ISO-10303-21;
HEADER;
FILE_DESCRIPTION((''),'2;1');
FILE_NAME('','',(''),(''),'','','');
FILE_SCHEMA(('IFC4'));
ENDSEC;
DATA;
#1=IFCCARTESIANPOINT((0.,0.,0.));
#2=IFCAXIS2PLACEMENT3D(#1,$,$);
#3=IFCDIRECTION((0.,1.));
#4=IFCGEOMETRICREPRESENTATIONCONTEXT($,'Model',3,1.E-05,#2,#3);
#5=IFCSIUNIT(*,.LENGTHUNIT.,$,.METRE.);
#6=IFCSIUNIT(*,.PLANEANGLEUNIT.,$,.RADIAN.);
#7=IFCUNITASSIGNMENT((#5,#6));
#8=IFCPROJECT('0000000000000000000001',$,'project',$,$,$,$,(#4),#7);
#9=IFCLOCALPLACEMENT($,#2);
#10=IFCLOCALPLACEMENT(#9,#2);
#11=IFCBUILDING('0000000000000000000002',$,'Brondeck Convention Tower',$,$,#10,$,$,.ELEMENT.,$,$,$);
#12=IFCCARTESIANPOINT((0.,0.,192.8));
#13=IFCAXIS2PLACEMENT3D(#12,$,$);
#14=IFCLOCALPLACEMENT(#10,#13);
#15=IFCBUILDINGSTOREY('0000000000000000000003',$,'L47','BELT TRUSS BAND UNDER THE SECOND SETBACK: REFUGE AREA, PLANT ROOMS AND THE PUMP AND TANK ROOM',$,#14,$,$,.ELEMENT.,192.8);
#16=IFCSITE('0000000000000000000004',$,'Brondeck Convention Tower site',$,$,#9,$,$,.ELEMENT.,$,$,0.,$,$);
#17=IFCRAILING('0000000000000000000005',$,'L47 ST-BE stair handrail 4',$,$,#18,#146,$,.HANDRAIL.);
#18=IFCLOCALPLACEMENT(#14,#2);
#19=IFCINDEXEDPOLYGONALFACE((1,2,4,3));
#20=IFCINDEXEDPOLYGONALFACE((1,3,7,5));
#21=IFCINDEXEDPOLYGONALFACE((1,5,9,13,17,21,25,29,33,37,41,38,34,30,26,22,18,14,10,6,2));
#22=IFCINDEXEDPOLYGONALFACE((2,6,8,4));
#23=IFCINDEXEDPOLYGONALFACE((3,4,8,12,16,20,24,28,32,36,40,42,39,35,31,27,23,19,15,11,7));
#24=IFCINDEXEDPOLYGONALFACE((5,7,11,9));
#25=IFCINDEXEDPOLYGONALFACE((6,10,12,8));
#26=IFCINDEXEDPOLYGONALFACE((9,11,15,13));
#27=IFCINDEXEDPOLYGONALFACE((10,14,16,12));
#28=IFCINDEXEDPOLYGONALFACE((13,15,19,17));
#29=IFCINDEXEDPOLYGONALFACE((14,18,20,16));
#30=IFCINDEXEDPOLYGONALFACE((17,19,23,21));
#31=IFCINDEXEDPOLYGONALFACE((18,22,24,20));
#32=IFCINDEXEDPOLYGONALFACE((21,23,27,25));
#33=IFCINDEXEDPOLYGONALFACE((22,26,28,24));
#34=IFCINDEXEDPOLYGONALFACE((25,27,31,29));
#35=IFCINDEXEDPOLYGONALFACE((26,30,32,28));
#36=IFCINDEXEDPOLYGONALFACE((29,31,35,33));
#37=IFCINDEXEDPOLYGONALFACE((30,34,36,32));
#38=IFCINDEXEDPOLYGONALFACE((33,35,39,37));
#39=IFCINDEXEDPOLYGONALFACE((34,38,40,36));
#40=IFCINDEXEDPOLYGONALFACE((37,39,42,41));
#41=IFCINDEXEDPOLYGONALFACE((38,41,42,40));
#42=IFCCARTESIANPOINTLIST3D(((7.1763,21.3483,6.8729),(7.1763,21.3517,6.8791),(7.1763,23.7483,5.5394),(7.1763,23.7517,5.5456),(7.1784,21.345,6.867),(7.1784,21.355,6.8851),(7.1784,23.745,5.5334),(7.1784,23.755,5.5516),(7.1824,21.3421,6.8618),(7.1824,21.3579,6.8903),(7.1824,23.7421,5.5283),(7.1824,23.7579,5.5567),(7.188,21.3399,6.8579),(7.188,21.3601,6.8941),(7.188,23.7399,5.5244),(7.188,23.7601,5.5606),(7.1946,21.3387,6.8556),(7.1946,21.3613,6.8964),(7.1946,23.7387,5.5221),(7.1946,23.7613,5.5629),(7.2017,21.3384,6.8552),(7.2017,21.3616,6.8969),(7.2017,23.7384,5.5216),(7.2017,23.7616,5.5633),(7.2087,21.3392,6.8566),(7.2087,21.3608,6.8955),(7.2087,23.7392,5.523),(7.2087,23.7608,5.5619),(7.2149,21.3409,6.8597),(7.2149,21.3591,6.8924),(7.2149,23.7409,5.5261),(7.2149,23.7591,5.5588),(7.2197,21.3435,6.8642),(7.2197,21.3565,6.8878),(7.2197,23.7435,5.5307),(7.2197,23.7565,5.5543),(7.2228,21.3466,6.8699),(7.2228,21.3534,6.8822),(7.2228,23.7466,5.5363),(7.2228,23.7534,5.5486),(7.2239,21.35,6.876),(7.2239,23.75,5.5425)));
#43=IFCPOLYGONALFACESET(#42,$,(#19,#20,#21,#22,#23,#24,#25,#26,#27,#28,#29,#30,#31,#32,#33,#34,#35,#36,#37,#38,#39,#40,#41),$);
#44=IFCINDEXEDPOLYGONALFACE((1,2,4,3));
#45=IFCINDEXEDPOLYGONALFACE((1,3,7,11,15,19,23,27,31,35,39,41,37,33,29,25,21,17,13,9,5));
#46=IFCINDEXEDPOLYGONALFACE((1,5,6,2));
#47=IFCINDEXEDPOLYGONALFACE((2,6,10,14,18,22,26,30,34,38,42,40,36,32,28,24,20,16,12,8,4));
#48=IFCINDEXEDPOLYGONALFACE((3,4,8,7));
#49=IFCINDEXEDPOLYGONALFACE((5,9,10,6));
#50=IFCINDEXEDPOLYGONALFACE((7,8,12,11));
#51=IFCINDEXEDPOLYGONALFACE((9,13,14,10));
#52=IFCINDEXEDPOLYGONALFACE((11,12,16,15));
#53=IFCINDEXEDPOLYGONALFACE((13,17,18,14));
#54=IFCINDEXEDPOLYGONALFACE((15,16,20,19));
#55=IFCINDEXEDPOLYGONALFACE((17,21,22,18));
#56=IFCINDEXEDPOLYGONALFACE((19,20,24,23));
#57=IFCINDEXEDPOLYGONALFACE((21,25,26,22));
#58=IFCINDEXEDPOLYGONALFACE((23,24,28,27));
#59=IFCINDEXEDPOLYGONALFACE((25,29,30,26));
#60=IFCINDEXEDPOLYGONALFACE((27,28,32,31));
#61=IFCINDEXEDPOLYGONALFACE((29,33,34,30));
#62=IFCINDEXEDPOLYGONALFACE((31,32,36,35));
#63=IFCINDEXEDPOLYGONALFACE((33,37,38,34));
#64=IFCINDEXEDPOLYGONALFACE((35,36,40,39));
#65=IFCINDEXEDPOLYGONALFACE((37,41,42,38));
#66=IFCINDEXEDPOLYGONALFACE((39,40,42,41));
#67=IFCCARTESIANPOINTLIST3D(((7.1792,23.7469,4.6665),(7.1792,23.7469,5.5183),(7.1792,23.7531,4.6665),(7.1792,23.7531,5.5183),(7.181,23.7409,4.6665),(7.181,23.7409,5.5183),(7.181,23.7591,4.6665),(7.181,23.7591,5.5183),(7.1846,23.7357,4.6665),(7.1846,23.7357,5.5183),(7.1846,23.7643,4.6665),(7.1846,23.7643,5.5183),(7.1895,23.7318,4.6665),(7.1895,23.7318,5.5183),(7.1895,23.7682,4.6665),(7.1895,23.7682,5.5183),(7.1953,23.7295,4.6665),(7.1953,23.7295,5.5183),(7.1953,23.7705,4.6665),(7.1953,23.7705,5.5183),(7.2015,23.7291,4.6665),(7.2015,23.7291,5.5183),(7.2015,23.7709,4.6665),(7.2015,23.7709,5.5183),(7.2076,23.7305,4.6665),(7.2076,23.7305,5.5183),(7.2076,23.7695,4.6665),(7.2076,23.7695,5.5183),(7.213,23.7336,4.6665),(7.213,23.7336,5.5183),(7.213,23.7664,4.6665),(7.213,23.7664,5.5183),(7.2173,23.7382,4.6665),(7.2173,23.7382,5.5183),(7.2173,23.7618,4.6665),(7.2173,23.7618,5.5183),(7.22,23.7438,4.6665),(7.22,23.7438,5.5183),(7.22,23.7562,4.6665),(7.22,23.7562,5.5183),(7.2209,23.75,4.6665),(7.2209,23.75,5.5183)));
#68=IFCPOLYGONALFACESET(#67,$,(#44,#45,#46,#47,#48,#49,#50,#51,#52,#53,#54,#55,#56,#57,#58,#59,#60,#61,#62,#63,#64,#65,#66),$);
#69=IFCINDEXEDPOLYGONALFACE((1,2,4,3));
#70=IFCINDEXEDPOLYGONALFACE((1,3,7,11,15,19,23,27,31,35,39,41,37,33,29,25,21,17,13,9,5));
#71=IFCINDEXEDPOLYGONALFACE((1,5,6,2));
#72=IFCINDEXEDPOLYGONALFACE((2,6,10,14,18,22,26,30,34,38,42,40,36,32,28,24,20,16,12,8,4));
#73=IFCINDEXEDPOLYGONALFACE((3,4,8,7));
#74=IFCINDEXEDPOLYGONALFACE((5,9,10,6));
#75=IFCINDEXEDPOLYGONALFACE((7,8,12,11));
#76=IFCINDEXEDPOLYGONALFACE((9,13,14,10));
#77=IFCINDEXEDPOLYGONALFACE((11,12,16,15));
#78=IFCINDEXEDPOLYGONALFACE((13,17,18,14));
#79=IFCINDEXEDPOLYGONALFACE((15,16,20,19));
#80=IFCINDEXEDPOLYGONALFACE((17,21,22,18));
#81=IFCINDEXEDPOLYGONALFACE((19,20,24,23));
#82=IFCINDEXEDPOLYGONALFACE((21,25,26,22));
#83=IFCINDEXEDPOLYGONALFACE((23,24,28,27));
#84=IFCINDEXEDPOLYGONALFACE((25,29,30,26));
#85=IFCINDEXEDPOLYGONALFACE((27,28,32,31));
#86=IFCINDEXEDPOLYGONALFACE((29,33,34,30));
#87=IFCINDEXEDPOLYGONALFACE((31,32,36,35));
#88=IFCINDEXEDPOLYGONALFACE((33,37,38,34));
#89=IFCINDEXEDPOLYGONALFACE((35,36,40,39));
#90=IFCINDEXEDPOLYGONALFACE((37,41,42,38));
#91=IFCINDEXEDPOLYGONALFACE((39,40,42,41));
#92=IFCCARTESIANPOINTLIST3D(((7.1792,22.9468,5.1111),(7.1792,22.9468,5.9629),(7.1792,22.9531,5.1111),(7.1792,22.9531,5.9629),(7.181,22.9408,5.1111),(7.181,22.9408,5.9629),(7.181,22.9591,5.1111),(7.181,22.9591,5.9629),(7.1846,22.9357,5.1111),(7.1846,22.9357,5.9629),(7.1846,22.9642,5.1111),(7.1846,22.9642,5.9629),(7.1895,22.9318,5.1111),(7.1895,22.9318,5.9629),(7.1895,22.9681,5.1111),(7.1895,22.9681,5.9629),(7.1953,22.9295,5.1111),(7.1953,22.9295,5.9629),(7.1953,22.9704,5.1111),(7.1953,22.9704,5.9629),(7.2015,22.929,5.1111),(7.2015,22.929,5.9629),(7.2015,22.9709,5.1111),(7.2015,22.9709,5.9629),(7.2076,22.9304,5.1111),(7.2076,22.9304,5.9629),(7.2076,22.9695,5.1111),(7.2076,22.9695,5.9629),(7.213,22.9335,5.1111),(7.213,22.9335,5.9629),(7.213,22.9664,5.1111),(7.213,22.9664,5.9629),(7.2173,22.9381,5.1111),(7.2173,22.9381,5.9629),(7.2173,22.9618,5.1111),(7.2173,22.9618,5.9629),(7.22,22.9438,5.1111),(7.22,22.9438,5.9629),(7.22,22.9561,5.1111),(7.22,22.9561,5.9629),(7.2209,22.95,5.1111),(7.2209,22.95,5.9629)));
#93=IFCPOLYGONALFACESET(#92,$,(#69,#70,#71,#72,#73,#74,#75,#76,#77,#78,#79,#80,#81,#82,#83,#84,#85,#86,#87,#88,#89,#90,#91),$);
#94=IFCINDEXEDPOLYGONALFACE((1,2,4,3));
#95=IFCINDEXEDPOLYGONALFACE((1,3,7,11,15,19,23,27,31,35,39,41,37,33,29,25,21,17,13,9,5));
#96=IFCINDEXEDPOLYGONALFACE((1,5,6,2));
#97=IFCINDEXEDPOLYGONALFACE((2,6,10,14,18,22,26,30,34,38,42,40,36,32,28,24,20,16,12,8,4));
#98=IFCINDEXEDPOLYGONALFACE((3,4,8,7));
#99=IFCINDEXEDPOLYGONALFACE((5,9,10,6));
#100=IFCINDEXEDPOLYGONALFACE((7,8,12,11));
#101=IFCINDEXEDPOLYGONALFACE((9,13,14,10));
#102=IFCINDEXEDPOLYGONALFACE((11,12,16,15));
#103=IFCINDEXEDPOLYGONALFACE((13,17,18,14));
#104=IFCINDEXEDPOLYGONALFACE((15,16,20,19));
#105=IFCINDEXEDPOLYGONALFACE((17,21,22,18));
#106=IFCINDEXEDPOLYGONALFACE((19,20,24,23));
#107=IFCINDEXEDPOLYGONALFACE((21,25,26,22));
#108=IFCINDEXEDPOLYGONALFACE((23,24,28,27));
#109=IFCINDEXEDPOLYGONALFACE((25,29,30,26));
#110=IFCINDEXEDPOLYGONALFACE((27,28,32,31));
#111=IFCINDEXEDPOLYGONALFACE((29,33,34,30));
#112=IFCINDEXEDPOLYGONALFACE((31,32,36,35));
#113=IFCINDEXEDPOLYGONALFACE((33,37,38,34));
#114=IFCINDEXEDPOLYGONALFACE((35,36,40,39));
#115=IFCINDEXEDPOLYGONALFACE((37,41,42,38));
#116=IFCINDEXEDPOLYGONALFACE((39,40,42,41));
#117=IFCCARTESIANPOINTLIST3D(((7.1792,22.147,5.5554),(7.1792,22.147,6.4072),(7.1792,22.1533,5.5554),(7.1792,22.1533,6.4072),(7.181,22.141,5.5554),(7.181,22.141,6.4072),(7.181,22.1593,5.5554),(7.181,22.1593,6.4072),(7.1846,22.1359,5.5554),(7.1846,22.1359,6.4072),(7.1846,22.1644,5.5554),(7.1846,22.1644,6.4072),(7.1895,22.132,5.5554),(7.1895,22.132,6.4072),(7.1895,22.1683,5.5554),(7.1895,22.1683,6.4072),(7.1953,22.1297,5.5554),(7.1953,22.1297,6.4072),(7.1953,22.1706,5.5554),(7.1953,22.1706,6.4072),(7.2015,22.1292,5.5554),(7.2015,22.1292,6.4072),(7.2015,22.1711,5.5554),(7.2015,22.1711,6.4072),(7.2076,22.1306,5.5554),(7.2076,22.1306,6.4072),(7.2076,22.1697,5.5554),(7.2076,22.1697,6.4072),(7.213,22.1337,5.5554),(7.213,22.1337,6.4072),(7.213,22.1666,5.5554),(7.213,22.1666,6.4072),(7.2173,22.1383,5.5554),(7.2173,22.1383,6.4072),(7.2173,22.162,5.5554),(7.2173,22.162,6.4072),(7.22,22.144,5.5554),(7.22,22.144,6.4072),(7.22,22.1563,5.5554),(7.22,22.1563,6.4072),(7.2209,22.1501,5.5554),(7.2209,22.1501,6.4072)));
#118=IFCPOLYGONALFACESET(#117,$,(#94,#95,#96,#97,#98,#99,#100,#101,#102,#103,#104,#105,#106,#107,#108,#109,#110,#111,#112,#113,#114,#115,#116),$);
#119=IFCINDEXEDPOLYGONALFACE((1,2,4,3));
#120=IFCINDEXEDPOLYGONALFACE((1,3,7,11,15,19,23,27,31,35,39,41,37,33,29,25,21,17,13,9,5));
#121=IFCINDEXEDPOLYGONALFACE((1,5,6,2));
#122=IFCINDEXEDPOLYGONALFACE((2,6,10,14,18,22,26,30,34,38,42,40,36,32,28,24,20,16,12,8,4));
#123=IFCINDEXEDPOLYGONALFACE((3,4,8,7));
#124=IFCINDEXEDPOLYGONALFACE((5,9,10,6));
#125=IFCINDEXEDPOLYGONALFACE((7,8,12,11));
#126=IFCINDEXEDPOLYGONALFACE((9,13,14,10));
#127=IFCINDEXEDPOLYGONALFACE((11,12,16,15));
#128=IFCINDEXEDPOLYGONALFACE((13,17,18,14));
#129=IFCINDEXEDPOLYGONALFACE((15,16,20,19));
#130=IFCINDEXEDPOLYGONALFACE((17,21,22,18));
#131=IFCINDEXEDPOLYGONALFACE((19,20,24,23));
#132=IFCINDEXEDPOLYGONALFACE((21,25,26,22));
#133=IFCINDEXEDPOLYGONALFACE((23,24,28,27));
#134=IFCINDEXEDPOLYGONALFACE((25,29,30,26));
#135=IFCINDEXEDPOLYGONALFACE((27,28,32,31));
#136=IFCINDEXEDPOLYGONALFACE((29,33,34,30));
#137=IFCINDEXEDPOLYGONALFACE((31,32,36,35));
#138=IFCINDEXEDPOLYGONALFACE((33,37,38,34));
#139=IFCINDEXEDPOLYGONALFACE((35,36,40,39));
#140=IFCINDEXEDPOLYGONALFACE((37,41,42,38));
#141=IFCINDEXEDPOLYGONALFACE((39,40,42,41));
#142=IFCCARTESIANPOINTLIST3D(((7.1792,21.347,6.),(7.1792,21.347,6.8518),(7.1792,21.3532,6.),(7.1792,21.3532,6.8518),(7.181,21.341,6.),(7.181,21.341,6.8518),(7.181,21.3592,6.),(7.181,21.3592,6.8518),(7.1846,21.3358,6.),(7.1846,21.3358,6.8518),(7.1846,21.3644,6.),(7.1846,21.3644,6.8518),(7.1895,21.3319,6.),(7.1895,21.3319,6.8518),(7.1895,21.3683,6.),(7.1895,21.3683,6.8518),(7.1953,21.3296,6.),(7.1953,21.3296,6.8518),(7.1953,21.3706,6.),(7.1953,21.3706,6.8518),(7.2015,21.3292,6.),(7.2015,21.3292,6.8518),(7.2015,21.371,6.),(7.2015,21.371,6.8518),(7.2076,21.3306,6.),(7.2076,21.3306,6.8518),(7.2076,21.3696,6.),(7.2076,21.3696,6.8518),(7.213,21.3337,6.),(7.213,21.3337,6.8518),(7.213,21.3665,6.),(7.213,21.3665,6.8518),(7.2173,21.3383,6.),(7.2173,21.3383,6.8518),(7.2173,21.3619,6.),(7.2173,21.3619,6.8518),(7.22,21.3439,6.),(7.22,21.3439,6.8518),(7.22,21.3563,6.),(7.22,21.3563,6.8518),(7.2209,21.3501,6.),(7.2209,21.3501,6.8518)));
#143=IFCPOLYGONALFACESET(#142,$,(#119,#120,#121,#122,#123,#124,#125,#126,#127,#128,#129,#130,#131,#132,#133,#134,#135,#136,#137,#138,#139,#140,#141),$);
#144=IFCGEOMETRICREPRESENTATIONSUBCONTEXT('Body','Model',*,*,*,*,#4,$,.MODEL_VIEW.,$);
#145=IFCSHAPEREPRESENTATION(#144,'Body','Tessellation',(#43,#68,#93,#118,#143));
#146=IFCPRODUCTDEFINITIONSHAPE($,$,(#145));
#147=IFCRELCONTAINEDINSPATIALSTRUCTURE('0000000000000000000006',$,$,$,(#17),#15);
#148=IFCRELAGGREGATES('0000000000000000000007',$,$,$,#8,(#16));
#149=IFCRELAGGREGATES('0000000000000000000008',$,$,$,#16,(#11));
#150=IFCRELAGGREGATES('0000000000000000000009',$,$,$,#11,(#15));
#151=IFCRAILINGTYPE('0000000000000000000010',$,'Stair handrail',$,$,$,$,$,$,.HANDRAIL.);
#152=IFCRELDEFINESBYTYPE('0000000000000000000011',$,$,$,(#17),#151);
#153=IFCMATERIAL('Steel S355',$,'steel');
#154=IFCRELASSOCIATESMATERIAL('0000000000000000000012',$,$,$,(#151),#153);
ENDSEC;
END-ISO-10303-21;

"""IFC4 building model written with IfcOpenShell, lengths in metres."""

from ifc_helpers import new_model, si_unit, direction, frame, origin, origin_2d, place, context, subcontext, project, spatial, circle, extrude, material, type_object, element, save


model = new_model("IFC4")

# Units and contexts
model_context = context("Model", 3, precision=1e-05, world=origin(), true_north=direction((0.0, 1.0)))
body_context = subcontext(model_context, "Body", "Model", "MODEL_VIEW")
ifc_project = project(units=[si_unit("LENGTHUNIT", "METRE"), si_unit("PLANEANGLEUNIT", "RADIAN")], contexts=[model_context])

# Site, building, storey
site_placement = place(None, origin())
site = spatial("IfcSite", under=ifc_project, at=site_placement, Name="Brondeck Convention Tower site", CompositionType="ELEMENT", RefElevation=0.0)
building_placement = place(site_placement, origin())
building = spatial("IfcBuilding", under=site, at=building_placement, Name="Brondeck Convention Tower", CompositionType="ELEMENT")
storey_placement = place(building_placement, frame((0.0, 0.0, 192.8)))
storey = spatial("IfcBuildingStorey", under=building, at=storey_placement, Name="L47", Description="BELT TRUSS BAND UNDER THE SECOND SETBACK: REFUGE AREA, PLANT ROOMS AND THE PUMP AND TANK ROOM", CompositionType="ELEMENT", Elevation=192.8)

# Shared definitions
ifc_material_1 = material(Name="Steel S355", Category="steel")

# Railing
railing_type_1 = type_object("IfcRailingType", Name="Stair handrail", PredefinedType="HANDRAIL", material=ifc_material_1)
railing_1_placement = place(storey_placement, frame((7.2, 23.75, 4.6665)))
element("IfcRailing", 1, at=railing_1_placement, inside=storey, type_object=railing_type_1, Name="L47 ST-BE stair handrail 4", PredefinedType="HANDRAIL", context=body_context, shape_type="SweptSolid", body=[
    extrude(circle(Radius=0.0239, at=origin_2d()), frame((0.0, 0.0, 0.876), z_axis=(0.0, -0.874124, 0.485703), x_axis=(1.0, 0.0, 0.0)), (0.0, 0.0, 1.0), 2.7456),
    extrude(circle(Radius=0.021, at=origin_2d()), origin(), (0.0, 0.0, 1.0), 0.8518),
    extrude(circle(Radius=0.021, at=origin_2d()), frame((0.0, -0.8, 0.4446)), (0.0, 0.0, 1.0), 0.8518),
    extrude(circle(Radius=0.021, at=origin_2d()), frame((0.0, -1.5999, 0.8889)), (0.0, 0.0, 1.0), 0.8518),
    extrude(circle(Radius=0.021, at=origin_2d()), frame((0.0, -2.3999, 1.3335)), (0.0, 0.0, 1.0), 0.8518),
])

save(model, "model.ifc")
